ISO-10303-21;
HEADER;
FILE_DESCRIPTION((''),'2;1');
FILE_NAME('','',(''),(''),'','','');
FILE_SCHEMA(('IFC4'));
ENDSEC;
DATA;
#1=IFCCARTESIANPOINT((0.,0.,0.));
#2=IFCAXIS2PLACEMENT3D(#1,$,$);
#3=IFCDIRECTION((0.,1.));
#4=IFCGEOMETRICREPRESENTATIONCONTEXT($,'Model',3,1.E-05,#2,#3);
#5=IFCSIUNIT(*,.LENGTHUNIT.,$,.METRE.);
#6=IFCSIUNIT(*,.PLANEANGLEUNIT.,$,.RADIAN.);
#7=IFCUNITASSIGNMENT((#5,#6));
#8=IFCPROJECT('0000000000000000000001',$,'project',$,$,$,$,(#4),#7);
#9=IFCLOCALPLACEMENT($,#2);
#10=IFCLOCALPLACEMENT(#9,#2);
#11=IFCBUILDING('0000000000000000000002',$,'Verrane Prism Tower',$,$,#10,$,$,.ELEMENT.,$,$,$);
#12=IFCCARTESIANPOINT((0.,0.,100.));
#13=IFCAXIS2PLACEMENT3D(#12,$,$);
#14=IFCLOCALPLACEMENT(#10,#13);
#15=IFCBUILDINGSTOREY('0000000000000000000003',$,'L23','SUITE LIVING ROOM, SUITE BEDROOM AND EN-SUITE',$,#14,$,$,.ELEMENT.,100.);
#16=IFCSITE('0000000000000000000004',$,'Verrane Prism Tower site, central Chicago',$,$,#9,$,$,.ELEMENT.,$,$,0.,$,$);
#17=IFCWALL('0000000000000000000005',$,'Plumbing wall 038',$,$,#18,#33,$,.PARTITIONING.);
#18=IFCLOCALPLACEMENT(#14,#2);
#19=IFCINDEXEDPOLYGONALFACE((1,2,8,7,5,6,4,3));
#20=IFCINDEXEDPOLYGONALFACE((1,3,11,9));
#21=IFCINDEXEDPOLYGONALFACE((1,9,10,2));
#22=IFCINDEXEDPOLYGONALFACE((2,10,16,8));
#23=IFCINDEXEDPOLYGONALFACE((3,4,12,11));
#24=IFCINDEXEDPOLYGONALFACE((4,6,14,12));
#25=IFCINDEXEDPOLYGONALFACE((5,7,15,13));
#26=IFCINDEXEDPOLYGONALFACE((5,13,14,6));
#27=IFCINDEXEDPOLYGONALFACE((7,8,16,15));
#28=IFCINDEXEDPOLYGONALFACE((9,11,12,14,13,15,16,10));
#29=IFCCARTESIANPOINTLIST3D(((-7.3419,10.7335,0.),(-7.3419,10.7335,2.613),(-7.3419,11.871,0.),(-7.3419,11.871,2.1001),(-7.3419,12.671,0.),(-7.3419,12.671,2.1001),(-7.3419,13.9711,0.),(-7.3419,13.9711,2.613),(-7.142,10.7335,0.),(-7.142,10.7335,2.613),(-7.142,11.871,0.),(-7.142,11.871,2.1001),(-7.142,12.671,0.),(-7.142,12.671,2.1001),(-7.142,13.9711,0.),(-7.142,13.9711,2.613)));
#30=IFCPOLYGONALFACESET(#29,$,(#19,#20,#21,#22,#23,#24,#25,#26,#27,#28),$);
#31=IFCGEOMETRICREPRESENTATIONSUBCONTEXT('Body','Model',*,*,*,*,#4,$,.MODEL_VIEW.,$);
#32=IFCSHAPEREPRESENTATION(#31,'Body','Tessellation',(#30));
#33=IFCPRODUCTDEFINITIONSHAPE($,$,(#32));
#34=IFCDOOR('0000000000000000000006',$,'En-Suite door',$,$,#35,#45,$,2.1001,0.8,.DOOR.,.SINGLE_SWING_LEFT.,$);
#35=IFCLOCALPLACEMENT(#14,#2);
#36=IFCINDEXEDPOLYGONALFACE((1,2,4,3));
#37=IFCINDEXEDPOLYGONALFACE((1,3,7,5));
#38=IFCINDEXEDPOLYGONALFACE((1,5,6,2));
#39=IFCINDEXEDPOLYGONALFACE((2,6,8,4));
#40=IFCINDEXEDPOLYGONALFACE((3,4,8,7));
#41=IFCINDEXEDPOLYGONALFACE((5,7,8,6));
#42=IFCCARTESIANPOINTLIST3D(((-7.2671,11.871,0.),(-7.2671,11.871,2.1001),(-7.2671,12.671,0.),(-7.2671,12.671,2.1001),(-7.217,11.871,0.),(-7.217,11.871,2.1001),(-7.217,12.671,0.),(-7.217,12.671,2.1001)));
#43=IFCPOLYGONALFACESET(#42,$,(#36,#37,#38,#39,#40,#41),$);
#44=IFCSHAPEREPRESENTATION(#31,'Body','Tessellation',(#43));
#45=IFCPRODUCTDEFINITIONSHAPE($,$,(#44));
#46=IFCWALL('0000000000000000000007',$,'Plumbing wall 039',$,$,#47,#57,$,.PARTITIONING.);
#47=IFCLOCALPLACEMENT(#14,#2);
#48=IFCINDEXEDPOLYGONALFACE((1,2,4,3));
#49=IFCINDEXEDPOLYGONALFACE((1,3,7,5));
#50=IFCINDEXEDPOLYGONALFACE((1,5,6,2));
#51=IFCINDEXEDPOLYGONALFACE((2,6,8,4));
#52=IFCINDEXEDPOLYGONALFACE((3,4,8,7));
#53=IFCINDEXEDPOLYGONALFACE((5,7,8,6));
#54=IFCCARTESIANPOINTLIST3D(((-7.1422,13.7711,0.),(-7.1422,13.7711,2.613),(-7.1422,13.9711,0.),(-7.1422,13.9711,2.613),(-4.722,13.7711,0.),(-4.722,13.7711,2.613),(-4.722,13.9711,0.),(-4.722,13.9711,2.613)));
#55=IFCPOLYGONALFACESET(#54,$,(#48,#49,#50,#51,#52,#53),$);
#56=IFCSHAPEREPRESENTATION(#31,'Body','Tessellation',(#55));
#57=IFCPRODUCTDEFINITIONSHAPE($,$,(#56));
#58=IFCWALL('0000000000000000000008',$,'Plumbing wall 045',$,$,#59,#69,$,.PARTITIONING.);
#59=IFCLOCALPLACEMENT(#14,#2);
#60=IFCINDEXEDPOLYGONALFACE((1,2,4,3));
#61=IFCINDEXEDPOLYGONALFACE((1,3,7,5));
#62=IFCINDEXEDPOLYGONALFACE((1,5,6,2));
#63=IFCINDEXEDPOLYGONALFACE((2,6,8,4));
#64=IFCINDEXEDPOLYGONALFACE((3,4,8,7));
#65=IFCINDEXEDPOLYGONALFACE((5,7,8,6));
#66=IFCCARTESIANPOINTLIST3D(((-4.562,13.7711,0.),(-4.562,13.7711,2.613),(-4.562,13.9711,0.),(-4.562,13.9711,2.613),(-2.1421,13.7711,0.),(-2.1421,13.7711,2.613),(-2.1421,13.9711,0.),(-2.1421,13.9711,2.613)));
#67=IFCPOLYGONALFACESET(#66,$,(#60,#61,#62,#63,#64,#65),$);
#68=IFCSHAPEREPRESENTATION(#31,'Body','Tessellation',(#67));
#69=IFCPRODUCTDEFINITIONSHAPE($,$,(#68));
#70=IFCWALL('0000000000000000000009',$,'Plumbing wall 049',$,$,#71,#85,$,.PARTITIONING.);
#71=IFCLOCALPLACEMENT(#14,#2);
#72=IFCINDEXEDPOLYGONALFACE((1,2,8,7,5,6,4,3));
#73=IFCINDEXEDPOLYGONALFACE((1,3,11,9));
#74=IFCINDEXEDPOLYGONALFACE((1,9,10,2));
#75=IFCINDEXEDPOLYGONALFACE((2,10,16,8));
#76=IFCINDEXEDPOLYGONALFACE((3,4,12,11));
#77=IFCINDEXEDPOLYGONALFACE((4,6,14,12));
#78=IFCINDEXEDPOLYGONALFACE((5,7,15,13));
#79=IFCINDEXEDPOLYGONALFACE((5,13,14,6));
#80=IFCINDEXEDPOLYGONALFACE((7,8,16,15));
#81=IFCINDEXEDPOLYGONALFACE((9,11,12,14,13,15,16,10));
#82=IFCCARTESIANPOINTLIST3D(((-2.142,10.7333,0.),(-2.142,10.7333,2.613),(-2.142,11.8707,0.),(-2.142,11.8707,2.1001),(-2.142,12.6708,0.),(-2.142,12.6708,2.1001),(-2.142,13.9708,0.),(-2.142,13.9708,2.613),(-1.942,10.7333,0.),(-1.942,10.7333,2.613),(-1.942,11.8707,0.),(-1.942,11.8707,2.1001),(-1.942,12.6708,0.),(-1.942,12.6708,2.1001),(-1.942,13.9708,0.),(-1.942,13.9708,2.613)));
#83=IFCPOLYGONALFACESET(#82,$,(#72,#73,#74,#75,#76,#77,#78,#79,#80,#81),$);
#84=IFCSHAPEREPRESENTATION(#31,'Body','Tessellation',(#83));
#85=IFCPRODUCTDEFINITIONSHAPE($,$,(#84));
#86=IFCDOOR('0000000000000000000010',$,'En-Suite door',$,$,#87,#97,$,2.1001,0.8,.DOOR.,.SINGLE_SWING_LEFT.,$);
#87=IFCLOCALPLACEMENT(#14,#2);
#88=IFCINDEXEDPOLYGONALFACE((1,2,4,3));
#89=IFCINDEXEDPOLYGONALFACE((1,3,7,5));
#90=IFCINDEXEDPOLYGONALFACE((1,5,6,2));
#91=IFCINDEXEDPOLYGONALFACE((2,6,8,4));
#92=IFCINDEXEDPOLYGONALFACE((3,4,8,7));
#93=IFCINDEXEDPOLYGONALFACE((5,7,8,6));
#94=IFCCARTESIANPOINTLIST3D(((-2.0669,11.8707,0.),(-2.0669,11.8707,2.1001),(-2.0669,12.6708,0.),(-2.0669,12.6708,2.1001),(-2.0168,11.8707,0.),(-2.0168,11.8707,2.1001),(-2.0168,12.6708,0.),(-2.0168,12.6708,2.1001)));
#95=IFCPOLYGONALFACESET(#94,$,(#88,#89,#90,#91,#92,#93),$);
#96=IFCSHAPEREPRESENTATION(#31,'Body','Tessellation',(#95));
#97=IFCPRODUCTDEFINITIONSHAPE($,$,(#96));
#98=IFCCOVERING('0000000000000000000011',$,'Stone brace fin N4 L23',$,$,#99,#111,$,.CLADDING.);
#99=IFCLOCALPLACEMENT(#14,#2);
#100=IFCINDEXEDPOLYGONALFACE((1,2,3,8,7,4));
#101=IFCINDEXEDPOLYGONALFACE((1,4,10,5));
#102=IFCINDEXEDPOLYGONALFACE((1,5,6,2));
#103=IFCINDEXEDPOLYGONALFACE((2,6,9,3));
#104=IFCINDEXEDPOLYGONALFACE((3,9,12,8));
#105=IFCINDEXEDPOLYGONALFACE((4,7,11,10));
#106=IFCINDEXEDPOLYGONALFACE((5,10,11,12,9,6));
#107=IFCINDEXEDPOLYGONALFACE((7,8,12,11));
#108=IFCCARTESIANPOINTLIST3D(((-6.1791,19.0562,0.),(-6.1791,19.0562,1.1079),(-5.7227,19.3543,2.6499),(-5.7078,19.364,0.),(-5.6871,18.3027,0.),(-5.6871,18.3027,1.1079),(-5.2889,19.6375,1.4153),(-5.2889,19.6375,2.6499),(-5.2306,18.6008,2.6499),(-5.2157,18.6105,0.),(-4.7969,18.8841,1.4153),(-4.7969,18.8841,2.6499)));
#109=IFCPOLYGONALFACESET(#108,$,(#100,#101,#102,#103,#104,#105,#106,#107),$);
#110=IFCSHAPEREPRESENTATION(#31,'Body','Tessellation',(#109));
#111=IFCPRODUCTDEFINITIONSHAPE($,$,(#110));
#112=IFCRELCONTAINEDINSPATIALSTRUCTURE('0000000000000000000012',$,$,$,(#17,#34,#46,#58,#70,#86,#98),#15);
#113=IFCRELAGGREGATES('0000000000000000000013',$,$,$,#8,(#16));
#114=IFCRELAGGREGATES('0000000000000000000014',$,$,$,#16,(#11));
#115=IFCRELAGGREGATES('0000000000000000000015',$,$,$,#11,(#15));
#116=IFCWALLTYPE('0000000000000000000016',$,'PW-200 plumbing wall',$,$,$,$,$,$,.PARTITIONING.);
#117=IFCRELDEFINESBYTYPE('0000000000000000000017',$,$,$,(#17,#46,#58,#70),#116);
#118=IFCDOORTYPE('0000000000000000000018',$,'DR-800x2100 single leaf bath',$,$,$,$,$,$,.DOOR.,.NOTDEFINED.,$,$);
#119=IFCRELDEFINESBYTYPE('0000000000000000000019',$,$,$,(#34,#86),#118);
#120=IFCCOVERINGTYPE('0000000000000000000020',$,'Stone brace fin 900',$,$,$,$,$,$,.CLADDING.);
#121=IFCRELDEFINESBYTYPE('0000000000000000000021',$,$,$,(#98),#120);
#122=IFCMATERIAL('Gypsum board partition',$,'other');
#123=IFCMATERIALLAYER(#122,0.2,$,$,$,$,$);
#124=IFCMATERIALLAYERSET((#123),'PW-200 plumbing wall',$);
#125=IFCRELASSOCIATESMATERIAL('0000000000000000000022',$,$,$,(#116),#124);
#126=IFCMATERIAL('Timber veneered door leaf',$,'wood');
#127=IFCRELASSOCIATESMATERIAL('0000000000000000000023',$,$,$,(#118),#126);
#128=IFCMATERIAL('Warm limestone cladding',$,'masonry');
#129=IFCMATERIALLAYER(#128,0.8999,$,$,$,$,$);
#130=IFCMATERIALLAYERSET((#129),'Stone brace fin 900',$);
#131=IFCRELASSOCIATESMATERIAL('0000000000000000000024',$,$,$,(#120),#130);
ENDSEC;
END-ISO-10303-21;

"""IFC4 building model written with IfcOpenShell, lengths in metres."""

from ifc_helpers import new_model, si_unit, direction, frame, frame_2d, origin, place, context, subcontext, project, spatial, polyline, rectangle, outline, extrude, material, layer, layer_set, type_object, element, fill, save


model = new_model("IFC4")

# Units and contexts
model_context = context("Model", 3, precision=1e-05, world=origin(), true_north=direction((0.0, 1.0)))
body_context = subcontext(model_context, "Body", "Model", "MODEL_VIEW")
ifc_project = project(units=[si_unit("LENGTHUNIT", "METRE"), si_unit("PLANEANGLEUNIT", "RADIAN")], contexts=[model_context])

# Site, building, storey
site_placement = place(None, origin())
site = spatial("IfcSite", under=ifc_project, at=site_placement, Name="Verrane Prism Tower site, central Chicago", CompositionType="ELEMENT", RefElevation=0.0)
building_placement = place(site_placement, origin())
building = spatial("IfcBuilding", under=site, at=building_placement, Name="Verrane Prism Tower", CompositionType="ELEMENT")
storey_placement = place(building_placement, frame((0.0, 0.0, 100.0)))
storey = spatial("IfcBuildingStorey", under=building, at=storey_placement, Name="L23", Description="SUITE LIVING ROOM, SUITE BEDROOM AND EN-SUITE", CompositionType="ELEMENT", Elevation=100.0)

# Wall, opening, door
ifc_material_1 = material(Name="Gypsum board partition", Category="other")
ifc_layer_1 = layer(ifc_material_1, 0.2)
ifc_layer_set_1 = layer_set([ifc_layer_1], Name="PW-200 plumbing wall")
wall_type_1 = type_object("IfcWallType", Name="PW-200 plumbing wall", PredefinedType="PARTITIONING", material=ifc_layer_set_1)
wall_1_placement = place(storey_placement, frame((-7.2419, 13.9709, 0.0), z_axis=(0.0, 0.0, 1.0), x_axis=(0.0, -1.0, 0.0)))
wall_1 = element("IfcWall", 1, at=wall_1_placement, inside=storey, type_object=wall_type_1, Name="Plumbing wall 038", PredefinedType="PARTITIONING", context=body_context, shape_type="SweptSolid", body=[
    extrude(rectangle(XDim=3.2375, YDim=0.2, at=frame_2d((1.6187, 0.0))), origin(), (0.0, 0.0, 1.0), 2.613),
])
opening_1_placement = place(wall_1_placement, frame((1.3, 0.0, 0.0)))
opening_1 = element("IfcOpeningElement", 2, at=opening_1_placement, cuts=wall_1, PredefinedType="OPENING", context=body_context, shape_type="SweptSolid", body=[
    extrude(rectangle(XDim=0.8, YDim=2.1001, at=frame_2d((0.3999, 1.05))), frame((0.0, 0.1099, 0.0), z_axis=(0.0, -1.0, 0.0), x_axis=(1.0, 0.0, 0.0)), (0.0, 0.0, 1.0), 0.22),
])
ifc_material_2 = material(Name="Timber veneered door leaf", Category="wood")
door_type_1 = type_object("IfcDoorType", Name="DR-800x2100 single leaf bath", OperationType="NOTDEFINED", PredefinedType="DOOR", material=ifc_material_2)
door_1_placement = place(opening_1_placement, origin())
door_1 = element("IfcDoor", 3, at=door_1_placement, inside=storey, type_object=door_type_1, Name="En-Suite door", OperationType="SINGLE_SWING_LEFT", OverallHeight=2.1001, OverallWidth=0.8, PredefinedType="DOOR", context=body_context, shape_type="SweptSolid", body=[
    extrude(rectangle(XDim=0.8, YDim=2.1001, at=frame_2d((0.3999, 1.05))), frame((0.0, 0.0249, 0.0), z_axis=(0.0, -1.0, 0.0), x_axis=(1.0, 0.0, 0.0)), (0.0, 0.0, 1.0), 0.05),
])
fill(opening_1, door_1)

# Walls
wall_2_placement = place(storey_placement, frame((-7.1421, 13.8711, 0.0), z_axis=(0.0, 0.0, 1.0), x_axis=(1.0, 0.0, 0.0)))
element("IfcWall", 4, at=wall_2_placement, inside=storey, type_object=wall_type_1, Name="Plumbing wall 039", PredefinedType="PARTITIONING", context=body_context, shape_type="SweptSolid", body=[
    extrude(rectangle(XDim=2.4202, YDim=0.2, at=frame_2d((1.21, 0.0))), origin(), (0.0, 0.0, 1.0), 2.613),
])
wall_3_placement = place(storey_placement, frame((-4.562, 13.8711, 0.0), z_axis=(0.0, 0.0, 1.0), x_axis=(1.0, 0.0, 0.0)))
element("IfcWall", 5, at=wall_3_placement, inside=storey, type_object=wall_type_1, Name="Plumbing wall 045", PredefinedType="PARTITIONING", context=body_context, shape_type="SweptSolid", body=[
    extrude(rectangle(XDim=2.4199, YDim=0.2, at=frame_2d((1.21, 0.0))), origin(), (0.0, 0.0, 1.0), 2.613),
])

# Wall, opening, door
wall_4_placement = place(storey_placement, frame((-2.042, 10.7334, 0.0), z_axis=(0.0, 0.0, 1.0), x_axis=(0.0, 1.0, 0.0)))
wall_4 = element("IfcWall", 6, at=wall_4_placement, inside=storey, type_object=wall_type_1, Name="Plumbing wall 049", PredefinedType="PARTITIONING", context=body_context, shape_type="SweptSolid", body=[
    extrude(rectangle(XDim=3.2375, YDim=0.2, at=frame_2d((1.6187, 0.0))), origin(), (0.0, 0.0, 1.0), 2.613),
])
opening_2_placement = place(wall_4_placement, frame((1.1375, 0.0, 0.0)))
opening_2 = element("IfcOpeningElement", 7, at=opening_2_placement, cuts=wall_4, PredefinedType="OPENING", context=body_context, shape_type="SweptSolid", body=[
    extrude(rectangle(XDim=0.8, YDim=2.1001, at=frame_2d((0.3999, 1.05))), frame((0.0, 0.1099, 0.0), z_axis=(0.0, -1.0, 0.0), x_axis=(1.0, 0.0, 0.0)), (0.0, 0.0, 1.0), 0.22),
])
door_2_placement = place(opening_2_placement, origin())
door_2 = element("IfcDoor", 8, at=door_2_placement, inside=storey, type_object=door_type_1, Name="En-Suite door", OperationType="SINGLE_SWING_LEFT", OverallHeight=2.1001, OverallWidth=0.8, PredefinedType="DOOR", context=body_context, shape_type="SweptSolid", body=[
    extrude(rectangle(XDim=0.8, YDim=2.1001, at=frame_2d((0.3999, 1.05))), frame((0.0, 0.0249, 0.0), z_axis=(0.0, -1.0, 0.0), x_axis=(1.0, 0.0, 0.0)), (0.0, 0.0, 1.0), 0.05),
])
fill(opening_2, door_2)

# Covering
ifc_material_3 = material(Name="Warm limestone cladding", Category="masonry")
ifc_layer_2 = layer(ifc_material_3, 0.8999)
ifc_layer_set_2 = layer_set([ifc_layer_2], Name="Stone brace fin 900")
covering_type = type_object("IfcCoveringType", Name="Stone brace fin 900", PredefinedType="CLADDING", material=ifc_layer_set_2)
covering_placement = place(storey_placement, frame((-5.9331, 18.6794, 0.0), z_axis=(0.0, 0.0, 1.0), x_axis=(0.837277, 0.546779, 0.0)))
element("IfcCovering", 9, at=covering_placement, inside=storey, type_object=covering_type, Name="Stone brace fin N4 L23", PredefinedType="CLADDING", context=body_context, shape_type="SweptSolid", body=[
    extrude(outline(polyline([(1.0632, 2.6499), (0.5452, 2.6499), (0.0, 1.1079), (0.0, 0.0), (0.563, 0.0), (1.0632, 1.4153), (1.0632, 2.6499)])), frame((0.0, 0.45, 0.0), z_axis=(0.0, -1.0, 0.0), x_axis=(1.0, 0.0, 0.0)), (0.0, 0.0, 1.0), 0.8999),
])

save(model, "model.ifc")
